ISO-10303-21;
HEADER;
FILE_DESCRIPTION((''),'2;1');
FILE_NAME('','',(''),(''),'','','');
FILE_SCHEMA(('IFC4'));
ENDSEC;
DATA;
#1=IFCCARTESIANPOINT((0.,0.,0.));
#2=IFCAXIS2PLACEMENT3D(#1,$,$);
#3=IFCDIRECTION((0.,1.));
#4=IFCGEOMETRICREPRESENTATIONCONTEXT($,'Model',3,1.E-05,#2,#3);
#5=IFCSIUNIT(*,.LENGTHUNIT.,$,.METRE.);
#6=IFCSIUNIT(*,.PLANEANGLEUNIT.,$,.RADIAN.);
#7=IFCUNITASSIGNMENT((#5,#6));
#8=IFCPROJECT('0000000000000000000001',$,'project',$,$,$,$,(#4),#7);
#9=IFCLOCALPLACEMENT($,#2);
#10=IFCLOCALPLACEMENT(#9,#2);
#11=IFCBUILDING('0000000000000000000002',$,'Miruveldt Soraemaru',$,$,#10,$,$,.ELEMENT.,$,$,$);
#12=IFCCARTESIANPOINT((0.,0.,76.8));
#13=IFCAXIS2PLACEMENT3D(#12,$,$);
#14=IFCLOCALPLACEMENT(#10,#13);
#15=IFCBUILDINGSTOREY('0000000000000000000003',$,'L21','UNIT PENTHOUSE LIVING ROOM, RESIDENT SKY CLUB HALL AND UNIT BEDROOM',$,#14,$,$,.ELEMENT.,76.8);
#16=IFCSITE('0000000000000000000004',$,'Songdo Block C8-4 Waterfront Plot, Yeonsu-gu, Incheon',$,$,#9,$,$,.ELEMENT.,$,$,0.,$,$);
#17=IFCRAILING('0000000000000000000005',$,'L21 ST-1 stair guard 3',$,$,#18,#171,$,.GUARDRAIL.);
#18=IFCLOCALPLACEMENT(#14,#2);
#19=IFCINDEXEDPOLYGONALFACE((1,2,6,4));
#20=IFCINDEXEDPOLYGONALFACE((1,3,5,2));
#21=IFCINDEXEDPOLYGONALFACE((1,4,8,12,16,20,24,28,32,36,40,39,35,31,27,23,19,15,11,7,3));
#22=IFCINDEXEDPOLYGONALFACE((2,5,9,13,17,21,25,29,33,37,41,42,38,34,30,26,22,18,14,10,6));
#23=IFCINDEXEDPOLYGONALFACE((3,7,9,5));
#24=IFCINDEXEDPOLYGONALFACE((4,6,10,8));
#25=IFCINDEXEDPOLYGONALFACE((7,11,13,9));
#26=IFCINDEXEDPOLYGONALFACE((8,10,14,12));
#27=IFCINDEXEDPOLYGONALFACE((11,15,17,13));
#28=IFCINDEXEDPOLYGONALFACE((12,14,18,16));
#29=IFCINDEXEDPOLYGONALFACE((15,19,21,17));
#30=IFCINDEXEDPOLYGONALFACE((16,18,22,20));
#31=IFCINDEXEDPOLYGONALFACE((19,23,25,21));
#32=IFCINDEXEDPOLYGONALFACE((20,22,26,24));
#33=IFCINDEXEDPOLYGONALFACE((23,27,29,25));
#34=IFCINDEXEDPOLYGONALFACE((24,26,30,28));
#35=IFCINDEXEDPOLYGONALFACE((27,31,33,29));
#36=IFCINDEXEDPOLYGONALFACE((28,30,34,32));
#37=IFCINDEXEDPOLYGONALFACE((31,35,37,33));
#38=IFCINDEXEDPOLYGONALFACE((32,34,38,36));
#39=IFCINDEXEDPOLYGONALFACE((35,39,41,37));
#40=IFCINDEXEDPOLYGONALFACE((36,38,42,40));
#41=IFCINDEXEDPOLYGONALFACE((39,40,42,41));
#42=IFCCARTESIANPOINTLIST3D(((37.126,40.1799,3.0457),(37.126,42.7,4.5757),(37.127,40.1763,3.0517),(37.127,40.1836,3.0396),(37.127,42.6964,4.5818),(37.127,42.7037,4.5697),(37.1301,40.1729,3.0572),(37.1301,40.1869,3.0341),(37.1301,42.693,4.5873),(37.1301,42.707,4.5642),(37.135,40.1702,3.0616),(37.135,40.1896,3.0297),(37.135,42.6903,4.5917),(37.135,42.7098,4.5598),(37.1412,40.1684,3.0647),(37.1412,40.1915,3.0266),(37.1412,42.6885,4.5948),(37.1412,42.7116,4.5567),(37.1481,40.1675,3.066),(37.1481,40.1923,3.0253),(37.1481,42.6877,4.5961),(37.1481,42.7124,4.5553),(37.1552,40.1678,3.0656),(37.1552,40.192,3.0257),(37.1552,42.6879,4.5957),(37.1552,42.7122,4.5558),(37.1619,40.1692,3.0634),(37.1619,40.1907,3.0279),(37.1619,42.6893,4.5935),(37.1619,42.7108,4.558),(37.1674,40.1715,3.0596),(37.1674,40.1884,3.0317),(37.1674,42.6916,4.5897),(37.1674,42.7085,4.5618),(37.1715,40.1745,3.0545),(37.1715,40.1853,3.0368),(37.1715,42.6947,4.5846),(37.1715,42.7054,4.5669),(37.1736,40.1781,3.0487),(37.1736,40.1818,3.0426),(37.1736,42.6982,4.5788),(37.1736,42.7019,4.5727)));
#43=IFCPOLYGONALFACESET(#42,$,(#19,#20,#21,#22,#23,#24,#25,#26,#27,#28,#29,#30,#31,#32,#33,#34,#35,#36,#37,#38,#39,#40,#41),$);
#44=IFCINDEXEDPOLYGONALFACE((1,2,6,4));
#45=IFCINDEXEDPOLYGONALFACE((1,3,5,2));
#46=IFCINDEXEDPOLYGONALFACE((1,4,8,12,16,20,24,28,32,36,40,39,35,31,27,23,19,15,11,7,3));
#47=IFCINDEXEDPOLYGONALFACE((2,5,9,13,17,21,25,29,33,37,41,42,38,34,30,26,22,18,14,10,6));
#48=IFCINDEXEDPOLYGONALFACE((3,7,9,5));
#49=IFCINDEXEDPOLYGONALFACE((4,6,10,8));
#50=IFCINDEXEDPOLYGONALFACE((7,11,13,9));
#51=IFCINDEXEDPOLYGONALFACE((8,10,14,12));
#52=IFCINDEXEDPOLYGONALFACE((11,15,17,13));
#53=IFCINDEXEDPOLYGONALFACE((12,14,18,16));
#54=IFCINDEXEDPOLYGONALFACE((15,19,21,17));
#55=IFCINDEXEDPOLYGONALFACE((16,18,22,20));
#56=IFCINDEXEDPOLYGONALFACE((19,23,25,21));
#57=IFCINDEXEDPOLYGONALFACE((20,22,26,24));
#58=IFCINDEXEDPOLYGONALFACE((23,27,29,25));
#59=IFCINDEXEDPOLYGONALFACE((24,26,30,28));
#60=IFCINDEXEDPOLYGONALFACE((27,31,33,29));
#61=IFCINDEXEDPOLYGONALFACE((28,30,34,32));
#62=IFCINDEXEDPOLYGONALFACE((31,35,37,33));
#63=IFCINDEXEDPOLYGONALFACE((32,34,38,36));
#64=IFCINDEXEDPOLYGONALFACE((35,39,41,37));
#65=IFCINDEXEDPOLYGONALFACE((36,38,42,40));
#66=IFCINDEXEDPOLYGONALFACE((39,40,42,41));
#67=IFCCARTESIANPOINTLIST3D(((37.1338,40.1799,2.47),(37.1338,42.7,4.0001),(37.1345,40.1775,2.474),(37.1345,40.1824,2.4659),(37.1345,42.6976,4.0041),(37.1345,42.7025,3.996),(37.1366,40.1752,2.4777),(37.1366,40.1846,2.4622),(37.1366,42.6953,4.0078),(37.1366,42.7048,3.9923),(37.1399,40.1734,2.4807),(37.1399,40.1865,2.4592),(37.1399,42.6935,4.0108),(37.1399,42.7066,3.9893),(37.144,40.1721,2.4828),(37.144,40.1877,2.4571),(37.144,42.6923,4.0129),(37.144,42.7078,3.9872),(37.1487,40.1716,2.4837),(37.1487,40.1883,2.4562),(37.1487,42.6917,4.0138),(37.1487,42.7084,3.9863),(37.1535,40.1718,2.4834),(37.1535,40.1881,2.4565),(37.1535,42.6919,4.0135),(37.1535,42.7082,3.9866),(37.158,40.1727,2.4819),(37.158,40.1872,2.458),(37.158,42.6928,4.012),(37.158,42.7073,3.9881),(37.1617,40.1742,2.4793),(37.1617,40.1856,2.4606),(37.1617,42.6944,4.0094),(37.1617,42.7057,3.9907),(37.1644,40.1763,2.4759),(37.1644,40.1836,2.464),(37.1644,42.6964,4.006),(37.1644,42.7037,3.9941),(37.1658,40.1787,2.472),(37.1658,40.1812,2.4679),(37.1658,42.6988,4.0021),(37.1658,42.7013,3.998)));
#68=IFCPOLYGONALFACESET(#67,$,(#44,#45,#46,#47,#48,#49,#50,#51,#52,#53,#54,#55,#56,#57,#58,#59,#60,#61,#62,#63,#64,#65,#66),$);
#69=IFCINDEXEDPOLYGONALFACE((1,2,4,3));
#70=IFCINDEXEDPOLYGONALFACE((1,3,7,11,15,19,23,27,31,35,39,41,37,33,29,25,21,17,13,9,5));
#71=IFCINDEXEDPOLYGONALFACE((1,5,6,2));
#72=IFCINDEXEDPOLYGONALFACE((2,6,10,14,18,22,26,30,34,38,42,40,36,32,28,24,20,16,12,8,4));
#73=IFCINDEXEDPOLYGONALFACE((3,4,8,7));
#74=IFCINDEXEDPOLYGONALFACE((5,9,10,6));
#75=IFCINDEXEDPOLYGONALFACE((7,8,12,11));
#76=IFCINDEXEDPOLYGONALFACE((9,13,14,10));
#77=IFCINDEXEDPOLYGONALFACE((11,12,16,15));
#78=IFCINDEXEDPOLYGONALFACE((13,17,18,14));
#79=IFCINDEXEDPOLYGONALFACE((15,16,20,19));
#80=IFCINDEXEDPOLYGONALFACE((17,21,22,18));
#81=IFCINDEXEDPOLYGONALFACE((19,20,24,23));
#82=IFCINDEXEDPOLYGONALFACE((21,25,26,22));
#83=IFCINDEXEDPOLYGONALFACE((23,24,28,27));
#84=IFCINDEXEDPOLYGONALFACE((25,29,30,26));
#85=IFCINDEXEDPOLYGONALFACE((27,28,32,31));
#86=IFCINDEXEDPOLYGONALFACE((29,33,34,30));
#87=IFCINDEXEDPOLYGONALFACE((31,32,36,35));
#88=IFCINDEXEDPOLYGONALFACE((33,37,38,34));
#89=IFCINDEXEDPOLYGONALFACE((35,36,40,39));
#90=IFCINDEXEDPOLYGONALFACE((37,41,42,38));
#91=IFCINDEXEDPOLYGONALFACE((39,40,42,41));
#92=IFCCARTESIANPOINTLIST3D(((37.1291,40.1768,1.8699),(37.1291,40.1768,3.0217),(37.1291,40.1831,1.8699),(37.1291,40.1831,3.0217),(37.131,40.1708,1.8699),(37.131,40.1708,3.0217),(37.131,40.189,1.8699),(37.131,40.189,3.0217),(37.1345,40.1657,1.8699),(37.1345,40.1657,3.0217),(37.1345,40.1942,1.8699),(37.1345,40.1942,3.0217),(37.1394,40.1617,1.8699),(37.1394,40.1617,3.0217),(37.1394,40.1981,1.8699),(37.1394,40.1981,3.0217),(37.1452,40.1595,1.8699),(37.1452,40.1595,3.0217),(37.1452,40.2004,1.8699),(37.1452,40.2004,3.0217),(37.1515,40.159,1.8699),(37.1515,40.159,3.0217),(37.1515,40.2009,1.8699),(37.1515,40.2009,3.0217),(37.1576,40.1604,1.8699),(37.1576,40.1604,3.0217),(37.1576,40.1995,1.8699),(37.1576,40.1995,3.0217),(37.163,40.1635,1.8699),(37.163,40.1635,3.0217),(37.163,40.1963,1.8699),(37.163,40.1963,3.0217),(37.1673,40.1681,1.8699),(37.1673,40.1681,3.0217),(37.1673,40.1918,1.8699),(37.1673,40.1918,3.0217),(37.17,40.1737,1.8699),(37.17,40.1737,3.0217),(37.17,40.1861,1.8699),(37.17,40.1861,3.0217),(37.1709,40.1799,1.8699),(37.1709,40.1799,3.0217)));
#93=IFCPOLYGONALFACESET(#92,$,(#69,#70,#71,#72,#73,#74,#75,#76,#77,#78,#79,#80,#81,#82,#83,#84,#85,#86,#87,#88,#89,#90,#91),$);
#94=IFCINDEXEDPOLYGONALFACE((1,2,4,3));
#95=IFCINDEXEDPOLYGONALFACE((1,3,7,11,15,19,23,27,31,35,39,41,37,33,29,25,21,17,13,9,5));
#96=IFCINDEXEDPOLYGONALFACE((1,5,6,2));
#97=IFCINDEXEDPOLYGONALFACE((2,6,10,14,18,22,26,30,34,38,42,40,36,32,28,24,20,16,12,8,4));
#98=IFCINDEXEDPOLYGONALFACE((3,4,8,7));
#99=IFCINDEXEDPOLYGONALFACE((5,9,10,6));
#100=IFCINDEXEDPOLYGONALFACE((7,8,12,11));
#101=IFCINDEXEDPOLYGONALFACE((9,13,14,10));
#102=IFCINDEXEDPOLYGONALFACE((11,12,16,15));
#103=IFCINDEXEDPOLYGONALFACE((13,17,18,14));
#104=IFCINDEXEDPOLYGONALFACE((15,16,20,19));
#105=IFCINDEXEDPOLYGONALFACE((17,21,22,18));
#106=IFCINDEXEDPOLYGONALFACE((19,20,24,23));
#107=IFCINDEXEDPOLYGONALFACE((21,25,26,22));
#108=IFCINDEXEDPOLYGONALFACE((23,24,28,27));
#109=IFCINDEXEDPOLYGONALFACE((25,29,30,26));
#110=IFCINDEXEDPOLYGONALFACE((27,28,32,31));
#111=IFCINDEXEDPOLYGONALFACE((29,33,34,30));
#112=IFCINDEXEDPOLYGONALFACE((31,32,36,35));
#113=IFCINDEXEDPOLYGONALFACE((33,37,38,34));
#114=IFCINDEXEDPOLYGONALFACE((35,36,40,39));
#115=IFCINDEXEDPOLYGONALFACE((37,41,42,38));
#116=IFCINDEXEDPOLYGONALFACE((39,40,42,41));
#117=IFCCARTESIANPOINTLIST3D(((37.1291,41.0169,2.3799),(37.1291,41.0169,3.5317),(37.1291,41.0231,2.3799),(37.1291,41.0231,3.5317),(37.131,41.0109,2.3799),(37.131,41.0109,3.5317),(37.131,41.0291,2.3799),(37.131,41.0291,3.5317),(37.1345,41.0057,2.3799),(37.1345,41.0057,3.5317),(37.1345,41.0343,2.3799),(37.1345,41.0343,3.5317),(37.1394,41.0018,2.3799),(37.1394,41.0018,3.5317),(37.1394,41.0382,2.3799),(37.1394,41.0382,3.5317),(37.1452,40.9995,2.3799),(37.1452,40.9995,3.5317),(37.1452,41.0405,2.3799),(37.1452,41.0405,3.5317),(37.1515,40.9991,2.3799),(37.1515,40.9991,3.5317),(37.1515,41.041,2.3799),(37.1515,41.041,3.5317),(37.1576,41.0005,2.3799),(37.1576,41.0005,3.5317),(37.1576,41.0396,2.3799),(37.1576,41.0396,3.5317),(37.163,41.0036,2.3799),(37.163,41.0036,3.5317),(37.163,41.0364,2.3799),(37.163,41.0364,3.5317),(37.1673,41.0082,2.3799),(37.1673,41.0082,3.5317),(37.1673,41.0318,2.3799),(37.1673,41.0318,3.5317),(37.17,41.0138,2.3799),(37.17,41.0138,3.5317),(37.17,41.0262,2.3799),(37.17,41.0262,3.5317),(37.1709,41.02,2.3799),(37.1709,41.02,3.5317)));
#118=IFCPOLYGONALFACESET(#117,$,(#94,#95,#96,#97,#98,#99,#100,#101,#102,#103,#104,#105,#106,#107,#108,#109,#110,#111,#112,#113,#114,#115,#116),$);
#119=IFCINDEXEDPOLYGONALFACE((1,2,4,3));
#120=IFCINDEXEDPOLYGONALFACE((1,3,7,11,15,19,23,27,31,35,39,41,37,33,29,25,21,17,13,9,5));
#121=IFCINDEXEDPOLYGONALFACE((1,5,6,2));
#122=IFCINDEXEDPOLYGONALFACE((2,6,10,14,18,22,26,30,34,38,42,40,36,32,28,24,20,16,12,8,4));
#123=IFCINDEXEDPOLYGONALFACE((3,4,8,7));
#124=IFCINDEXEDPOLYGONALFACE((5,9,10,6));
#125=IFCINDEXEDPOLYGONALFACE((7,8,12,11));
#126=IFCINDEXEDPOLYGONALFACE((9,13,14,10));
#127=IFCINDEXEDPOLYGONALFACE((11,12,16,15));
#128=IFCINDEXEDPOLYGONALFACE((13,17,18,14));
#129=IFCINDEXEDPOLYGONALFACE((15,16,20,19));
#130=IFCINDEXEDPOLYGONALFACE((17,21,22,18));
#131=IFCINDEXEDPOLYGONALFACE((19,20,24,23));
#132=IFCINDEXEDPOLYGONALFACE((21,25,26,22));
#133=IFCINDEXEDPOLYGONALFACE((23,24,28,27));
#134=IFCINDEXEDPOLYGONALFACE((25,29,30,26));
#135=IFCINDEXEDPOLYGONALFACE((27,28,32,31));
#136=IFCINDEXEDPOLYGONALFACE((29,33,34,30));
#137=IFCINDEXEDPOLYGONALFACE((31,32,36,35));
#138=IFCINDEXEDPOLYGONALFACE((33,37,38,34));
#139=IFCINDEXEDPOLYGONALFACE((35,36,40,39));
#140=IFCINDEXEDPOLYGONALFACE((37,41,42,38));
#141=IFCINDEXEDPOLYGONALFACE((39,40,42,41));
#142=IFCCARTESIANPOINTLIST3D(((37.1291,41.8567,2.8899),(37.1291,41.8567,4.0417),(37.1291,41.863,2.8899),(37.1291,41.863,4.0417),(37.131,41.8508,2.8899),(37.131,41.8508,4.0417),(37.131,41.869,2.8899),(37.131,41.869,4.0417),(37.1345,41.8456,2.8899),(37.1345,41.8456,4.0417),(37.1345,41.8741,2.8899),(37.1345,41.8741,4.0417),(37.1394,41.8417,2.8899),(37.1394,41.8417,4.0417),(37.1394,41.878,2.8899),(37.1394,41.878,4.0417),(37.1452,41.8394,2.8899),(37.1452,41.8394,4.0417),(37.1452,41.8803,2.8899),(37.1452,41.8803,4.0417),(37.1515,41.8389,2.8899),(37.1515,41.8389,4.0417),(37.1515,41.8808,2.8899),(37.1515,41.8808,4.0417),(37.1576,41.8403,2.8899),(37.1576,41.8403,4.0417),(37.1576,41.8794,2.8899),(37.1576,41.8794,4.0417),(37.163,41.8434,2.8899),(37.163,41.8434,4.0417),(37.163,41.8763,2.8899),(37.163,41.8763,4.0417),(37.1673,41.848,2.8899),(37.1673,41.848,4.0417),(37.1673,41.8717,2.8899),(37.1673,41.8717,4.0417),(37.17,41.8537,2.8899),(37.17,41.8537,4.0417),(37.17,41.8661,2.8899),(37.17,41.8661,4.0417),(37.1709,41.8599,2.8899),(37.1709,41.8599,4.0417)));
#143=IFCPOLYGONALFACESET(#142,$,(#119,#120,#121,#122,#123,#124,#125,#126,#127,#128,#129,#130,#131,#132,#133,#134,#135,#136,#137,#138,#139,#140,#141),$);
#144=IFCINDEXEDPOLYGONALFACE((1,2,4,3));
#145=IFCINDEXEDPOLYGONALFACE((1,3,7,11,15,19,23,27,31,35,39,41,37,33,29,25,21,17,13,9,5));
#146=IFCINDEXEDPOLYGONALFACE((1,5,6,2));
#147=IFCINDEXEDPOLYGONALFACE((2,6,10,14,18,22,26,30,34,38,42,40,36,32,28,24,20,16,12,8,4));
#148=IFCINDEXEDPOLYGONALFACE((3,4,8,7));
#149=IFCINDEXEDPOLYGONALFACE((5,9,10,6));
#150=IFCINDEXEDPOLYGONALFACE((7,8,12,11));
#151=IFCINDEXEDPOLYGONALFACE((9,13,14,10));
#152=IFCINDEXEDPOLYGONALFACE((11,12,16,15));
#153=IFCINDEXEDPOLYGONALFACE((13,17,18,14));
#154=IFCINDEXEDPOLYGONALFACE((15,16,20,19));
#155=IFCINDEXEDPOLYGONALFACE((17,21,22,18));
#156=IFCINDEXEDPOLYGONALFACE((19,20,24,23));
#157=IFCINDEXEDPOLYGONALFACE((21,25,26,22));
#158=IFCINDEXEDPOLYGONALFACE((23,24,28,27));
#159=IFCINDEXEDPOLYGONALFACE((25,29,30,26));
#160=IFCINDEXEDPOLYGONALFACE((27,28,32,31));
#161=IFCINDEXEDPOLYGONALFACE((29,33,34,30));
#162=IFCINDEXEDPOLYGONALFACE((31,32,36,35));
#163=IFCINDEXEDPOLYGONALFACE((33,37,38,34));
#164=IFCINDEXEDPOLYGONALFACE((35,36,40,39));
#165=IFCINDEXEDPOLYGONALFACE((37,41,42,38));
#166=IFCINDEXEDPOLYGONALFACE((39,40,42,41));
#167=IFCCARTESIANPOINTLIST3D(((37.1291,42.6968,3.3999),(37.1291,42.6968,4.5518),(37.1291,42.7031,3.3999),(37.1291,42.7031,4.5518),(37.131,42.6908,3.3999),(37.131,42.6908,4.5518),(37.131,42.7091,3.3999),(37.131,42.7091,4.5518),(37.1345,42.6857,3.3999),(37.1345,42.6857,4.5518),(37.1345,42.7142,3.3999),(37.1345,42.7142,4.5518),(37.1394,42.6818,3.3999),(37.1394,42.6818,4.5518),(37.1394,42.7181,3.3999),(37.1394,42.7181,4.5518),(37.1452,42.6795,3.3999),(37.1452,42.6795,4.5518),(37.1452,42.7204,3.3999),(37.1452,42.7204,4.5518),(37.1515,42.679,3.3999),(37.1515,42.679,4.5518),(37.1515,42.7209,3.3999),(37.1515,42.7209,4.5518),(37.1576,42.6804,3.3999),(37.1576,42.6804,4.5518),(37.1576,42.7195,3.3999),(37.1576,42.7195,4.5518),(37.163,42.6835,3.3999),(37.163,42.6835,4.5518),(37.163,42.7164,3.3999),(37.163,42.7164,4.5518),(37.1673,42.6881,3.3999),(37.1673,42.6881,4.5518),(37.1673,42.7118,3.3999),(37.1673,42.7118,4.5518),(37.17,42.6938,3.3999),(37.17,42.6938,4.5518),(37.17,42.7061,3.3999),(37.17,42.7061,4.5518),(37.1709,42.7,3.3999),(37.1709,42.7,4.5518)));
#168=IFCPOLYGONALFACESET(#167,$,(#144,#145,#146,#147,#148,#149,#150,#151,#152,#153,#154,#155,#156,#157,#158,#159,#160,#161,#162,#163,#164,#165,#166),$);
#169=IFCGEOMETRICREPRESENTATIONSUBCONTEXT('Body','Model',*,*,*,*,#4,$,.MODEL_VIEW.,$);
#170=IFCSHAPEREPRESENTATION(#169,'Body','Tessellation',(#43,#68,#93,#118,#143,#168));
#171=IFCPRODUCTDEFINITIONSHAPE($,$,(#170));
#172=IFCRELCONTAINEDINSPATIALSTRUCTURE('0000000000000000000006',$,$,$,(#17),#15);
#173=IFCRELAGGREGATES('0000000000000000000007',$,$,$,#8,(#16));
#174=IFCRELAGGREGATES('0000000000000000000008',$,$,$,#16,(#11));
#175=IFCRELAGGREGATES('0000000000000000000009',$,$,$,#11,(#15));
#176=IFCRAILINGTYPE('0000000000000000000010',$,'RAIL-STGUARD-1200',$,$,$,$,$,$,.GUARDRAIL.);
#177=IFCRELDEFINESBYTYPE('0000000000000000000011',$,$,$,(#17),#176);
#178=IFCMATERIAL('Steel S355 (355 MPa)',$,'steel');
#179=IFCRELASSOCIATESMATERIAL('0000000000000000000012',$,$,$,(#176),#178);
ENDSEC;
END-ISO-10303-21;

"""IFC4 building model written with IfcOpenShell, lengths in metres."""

from ifc_helpers import new_model, si_unit, direction, frame, origin, origin_2d, place, context, subcontext, project, spatial, circle, extrude, material, type_object, element, save


model = new_model("IFC4")

# Units and contexts
model_context = context("Model", 3, precision=1e-05, world=origin(), true_north=direction((0.0, 1.0)))
body_context = subcontext(model_context, "Body", "Model", "MODEL_VIEW")
ifc_project = project(units=[si_unit("LENGTHUNIT", "METRE"), si_unit("PLANEANGLEUNIT", "RADIAN")], contexts=[model_context])

# Site, building, storey
site_placement = place(None, origin())
site = spatial("IfcSite", under=ifc_project, at=site_placement, Name="Songdo Block C8-4 Waterfront Plot, Yeonsu-gu, Incheon", CompositionType="ELEMENT", RefElevation=0.0)
building_placement = place(site_placement, origin())
building = spatial("IfcBuilding", under=site, at=building_placement, Name="Miruveldt Soraemaru", CompositionType="ELEMENT")
storey_placement = place(building_placement, frame((0.0, 0.0, 76.8)))
storey = spatial("IfcBuildingStorey", under=building, at=storey_placement, Name="L21", Description="UNIT PENTHOUSE LIVING ROOM, RESIDENT SKY CLUB HALL AND UNIT BEDROOM", CompositionType="ELEMENT", Elevation=76.8)

# Railing
ifc_material_1 = material(Name="Steel S355 (355 MPa)", Category="steel")
railing_type_1 = type_object("IfcRailingType", Name="RAIL-STGUARD-1200", PredefinedType="GUARDRAIL", material=ifc_material_1)
railing_1_placement = place(storey_placement, frame((37.1499, 40.1799, 1.8699)))
element("IfcRailing", 1, at=railing_1_placement, inside=storey, type_object=railing_type_1, Name="L21 ST-1 stair guard 3", PredefinedType="GUARDRAIL", context=body_context, shape_type="SweptSolid", body=[
    extrude(circle(Radius=0.0239, at=origin_2d()), frame((0.0, 0.0, 1.1758), z_axis=(0.0, 0.854785, 0.518982), x_axis=(-1.0, 0.0, 0.0)), (0.0, 0.0, 1.0), 2.9482),
    extrude(circle(Radius=0.0161, at=origin_2d()), frame((0.0, 0.0, 0.6001), z_axis=(0.0, 0.854785, 0.518982), x_axis=(-1.0, 0.0, 0.0)), (0.0, 0.0, 1.0), 2.9482),
    extrude(circle(Radius=0.021, at=origin_2d()), origin(), (0.0, 0.0, 1.0), 1.1519),
    extrude(circle(Radius=0.021, at=origin_2d()), frame((0.0, 0.8401, 0.51)), (0.0, 0.0, 1.0), 1.1519),
    extrude(circle(Radius=0.021, at=origin_2d()), frame((0.0, 1.6799, 1.02)), (0.0, 0.0, 1.0), 1.1519),
    extrude(circle(Radius=0.021, at=origin_2d()), frame((0.0, 2.52, 1.53)), (0.0, 0.0, 1.0), 1.1519),
])

save(model, "model.ifc")
